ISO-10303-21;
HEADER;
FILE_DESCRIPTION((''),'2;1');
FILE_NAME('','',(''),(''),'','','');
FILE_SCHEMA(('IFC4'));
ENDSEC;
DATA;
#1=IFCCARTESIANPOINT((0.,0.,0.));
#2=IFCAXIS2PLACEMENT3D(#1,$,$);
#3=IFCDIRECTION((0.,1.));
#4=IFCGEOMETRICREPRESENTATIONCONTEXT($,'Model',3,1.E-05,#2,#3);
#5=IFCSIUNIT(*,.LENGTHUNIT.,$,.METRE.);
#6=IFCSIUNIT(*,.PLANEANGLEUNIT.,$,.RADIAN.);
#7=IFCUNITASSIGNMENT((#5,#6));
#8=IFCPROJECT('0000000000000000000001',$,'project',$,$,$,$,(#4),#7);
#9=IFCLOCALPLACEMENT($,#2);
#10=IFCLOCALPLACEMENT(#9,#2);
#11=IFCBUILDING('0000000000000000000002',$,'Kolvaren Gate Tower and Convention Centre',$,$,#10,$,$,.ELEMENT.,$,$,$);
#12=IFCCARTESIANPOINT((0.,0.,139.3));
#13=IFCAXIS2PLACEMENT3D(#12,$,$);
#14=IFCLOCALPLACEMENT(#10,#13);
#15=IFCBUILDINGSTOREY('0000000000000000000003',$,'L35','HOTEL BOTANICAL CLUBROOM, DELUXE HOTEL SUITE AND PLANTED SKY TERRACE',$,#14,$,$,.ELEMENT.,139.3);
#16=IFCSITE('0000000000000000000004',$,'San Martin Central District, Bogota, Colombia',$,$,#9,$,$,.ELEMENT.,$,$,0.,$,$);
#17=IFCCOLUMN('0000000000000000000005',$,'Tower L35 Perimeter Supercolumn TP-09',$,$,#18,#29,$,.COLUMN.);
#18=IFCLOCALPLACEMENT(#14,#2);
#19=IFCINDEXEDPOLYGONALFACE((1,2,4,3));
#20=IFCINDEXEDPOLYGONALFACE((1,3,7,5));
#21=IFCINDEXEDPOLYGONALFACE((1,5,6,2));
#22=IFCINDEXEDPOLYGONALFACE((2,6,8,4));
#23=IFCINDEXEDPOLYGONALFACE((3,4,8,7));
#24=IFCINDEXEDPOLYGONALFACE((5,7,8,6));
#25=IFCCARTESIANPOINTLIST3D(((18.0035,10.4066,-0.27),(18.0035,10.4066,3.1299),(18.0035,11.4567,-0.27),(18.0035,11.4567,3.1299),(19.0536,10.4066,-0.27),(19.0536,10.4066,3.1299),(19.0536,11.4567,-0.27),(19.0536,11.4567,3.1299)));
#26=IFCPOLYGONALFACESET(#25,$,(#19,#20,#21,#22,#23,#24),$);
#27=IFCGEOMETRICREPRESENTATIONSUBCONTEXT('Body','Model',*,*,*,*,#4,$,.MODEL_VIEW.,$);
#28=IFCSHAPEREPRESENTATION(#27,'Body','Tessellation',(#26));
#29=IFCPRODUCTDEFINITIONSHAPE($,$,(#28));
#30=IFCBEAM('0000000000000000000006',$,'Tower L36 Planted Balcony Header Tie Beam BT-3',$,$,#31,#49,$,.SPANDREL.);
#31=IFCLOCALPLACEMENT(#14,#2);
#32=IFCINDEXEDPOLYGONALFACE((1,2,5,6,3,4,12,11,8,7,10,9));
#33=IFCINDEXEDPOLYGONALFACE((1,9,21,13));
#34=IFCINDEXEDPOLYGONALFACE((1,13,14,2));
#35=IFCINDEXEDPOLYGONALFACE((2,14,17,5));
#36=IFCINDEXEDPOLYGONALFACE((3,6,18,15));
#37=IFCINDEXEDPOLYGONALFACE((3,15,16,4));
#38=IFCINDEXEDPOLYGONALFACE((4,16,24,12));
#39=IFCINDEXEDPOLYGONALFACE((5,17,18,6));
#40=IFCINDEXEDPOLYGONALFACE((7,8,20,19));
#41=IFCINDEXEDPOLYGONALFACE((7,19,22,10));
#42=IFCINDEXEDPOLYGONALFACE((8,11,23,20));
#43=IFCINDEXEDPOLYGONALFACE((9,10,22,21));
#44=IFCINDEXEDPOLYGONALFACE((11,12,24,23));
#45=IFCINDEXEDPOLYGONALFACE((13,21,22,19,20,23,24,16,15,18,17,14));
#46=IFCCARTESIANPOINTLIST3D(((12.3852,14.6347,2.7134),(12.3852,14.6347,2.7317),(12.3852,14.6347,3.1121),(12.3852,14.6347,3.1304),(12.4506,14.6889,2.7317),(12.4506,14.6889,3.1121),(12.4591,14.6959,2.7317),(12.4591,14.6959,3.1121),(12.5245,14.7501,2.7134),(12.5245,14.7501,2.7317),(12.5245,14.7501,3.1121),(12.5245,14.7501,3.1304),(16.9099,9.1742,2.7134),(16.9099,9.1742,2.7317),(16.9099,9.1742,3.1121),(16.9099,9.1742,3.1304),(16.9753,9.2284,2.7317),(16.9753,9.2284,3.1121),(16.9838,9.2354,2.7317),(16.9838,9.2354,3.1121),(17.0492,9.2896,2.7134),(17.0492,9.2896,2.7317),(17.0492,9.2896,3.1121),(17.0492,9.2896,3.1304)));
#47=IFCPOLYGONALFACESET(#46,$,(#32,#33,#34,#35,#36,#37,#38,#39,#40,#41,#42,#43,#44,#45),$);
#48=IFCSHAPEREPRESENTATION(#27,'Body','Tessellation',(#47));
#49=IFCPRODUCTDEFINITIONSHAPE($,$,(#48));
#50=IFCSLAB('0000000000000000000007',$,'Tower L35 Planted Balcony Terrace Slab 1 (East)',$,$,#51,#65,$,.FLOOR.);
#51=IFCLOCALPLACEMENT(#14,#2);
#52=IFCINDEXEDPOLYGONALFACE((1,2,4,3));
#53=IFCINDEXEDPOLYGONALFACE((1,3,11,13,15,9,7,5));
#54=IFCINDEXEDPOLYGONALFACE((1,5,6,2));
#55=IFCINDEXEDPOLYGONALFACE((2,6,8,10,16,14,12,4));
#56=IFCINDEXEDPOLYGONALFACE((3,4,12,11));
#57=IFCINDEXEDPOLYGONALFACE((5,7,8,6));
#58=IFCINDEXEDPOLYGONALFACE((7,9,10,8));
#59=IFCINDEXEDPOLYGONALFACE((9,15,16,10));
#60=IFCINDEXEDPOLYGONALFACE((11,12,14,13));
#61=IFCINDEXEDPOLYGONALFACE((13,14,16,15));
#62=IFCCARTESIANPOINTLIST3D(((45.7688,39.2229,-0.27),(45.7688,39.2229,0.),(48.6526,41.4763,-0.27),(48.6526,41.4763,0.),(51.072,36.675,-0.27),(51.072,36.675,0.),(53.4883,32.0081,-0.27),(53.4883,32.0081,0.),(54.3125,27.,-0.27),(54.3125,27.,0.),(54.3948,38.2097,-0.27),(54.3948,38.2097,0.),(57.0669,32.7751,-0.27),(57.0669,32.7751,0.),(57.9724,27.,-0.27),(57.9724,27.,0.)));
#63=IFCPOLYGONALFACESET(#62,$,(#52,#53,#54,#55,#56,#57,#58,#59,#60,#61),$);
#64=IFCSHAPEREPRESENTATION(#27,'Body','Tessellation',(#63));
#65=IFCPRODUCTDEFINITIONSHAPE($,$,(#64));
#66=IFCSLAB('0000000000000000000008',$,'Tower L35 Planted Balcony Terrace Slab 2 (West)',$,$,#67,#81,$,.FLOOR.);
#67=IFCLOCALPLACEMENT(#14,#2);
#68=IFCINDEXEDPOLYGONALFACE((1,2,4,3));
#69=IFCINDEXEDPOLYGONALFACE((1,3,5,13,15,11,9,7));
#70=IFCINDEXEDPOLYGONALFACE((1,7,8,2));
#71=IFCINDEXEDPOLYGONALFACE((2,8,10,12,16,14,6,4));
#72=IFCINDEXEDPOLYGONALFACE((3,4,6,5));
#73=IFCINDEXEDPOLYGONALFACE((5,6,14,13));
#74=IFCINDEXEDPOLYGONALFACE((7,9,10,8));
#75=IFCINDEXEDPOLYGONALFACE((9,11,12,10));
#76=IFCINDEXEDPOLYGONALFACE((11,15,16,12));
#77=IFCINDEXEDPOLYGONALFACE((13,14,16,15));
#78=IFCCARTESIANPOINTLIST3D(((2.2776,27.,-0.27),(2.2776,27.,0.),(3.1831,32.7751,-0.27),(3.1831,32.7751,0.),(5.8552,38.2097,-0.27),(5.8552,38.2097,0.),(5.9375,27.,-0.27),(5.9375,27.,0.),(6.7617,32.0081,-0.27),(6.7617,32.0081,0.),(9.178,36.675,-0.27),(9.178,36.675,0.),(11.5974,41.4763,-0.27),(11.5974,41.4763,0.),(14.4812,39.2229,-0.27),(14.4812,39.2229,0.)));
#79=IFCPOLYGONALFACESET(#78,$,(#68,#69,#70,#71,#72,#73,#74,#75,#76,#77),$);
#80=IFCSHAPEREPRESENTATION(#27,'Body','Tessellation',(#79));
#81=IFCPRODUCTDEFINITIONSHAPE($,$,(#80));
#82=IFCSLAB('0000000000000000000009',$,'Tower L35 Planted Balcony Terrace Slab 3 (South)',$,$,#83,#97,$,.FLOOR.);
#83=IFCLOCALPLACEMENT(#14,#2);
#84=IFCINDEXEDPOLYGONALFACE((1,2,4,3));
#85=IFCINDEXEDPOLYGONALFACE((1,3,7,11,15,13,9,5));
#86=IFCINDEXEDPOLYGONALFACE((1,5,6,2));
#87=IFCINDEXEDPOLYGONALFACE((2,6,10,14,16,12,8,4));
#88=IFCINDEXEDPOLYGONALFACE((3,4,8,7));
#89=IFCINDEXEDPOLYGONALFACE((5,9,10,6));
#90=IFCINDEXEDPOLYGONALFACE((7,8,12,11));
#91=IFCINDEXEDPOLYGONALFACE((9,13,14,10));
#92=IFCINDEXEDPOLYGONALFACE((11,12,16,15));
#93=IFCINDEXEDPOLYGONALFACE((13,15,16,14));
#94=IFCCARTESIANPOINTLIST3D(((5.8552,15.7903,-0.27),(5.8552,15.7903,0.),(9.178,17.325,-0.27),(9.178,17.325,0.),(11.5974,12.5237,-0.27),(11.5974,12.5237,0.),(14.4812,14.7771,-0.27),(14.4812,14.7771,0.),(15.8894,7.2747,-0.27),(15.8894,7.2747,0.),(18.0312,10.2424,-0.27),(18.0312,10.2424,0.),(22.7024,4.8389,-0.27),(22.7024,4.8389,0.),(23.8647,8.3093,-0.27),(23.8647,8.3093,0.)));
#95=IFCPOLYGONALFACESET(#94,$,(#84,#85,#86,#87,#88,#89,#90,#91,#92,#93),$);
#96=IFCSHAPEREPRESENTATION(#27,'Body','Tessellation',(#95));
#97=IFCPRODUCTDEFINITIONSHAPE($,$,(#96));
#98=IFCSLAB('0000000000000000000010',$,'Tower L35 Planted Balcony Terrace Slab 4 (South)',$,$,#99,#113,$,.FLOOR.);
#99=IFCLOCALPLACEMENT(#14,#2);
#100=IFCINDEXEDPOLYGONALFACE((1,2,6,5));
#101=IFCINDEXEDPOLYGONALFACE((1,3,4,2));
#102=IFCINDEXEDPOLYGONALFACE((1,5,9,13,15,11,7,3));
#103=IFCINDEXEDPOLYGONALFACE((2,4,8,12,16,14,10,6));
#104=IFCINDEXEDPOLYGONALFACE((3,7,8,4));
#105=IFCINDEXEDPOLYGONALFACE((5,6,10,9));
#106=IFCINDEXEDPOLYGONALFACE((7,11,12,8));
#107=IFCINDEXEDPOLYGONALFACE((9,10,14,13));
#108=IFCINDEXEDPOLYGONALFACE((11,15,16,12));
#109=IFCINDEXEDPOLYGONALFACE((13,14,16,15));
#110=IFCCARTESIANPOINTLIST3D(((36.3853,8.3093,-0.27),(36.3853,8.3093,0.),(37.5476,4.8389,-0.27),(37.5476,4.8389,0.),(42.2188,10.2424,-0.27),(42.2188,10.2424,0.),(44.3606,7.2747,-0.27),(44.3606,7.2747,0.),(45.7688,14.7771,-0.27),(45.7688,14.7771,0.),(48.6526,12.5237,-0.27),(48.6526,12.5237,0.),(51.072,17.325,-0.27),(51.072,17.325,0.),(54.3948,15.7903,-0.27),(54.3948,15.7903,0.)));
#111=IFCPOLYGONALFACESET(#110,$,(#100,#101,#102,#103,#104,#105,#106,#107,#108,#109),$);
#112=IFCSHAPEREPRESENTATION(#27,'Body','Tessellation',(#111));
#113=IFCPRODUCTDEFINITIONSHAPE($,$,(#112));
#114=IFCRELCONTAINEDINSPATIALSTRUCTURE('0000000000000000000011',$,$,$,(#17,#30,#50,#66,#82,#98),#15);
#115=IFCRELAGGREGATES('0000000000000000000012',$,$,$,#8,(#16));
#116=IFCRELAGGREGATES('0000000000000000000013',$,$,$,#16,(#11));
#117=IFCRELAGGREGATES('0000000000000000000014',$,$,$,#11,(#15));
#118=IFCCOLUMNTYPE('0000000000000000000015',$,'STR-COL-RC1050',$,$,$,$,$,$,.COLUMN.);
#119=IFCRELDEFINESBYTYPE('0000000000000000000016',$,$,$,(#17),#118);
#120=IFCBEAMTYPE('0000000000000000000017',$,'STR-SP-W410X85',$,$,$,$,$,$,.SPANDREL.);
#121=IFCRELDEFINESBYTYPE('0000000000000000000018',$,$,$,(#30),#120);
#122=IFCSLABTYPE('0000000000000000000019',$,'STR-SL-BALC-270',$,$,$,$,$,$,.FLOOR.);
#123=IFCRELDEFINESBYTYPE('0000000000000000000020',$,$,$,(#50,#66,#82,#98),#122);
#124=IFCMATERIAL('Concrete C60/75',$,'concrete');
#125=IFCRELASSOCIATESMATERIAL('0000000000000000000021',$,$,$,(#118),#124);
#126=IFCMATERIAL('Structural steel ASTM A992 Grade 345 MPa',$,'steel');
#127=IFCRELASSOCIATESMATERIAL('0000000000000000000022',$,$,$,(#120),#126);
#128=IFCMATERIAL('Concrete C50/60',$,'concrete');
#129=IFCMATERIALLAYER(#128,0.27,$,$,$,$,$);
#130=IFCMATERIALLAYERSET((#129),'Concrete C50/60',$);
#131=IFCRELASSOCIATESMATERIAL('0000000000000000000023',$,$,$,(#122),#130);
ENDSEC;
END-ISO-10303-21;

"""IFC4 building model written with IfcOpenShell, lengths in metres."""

from ifc_helpers import new_model, si_unit, direction, frame, origin, origin_2d, place, context, subcontext, project, spatial, polyline, rectangle, i_section, outline, extrude, material, layer, layer_set, material_profile, profile_set, type_object, element, save


model = new_model("IFC4")

# Units and contexts
model_context = context("Model", 3, precision=1e-05, world=origin(), true_north=direction((0.0, 1.0)))
body_context = subcontext(model_context, "Body", "Model", "MODEL_VIEW")
ifc_project = project(units=[si_unit("LENGTHUNIT", "METRE"), si_unit("PLANEANGLEUNIT", "RADIAN")], contexts=[model_context])

# Site, building, storey
site_placement = place(None, origin())
site = spatial("IfcSite", under=ifc_project, at=site_placement, Name="San Martin Central District, Bogota, Colombia", CompositionType="ELEMENT", RefElevation=0.0)
building_placement = place(site_placement, origin())
building = spatial("IfcBuilding", under=site, at=building_placement, Name="Kolvaren Gate Tower and Convention Centre", CompositionType="ELEMENT")
storey_placement = place(building_placement, frame((0.0, 0.0, 139.3)))
storey = spatial("IfcBuildingStorey", under=building, at=storey_placement, Name="L35", Description="HOTEL BOTANICAL CLUBROOM, DELUXE HOTEL SUITE AND PLANTED SKY TERRACE", CompositionType="ELEMENT", Elevation=139.3)

# Column
ifc_material_1 = material(Name="Concrete C60/75", Category="concrete")
ifc_material_profile_1 = material_profile(ifc_material_1, rectangle(XDim=1.05, YDim=1.05, at=origin_2d()), Name="RC-COL-1050X1050")
ifc_profile_set_1 = profile_set([ifc_material_profile_1], Name="Concrete C60/75")
column_type = type_object("IfcColumnType", Name="STR-COL-RC1050", PredefinedType="COLUMN", material=ifc_profile_set_1)
column_placement = place(storey_placement, frame((18.5286, 10.9316, -0.27), z_axis=(0.0, 0.0, 1.0), x_axis=(1.0, 0.0, 0.0)))
element("IfcColumn", 1, at=column_placement, inside=storey, type_object=column_type, Name="Tower L35 Perimeter Supercolumn TP-09", PredefinedType="COLUMN", context=body_context, shape_type="SweptSolid", body=[
    extrude(rectangle(XDim=1.05, YDim=1.05, at=origin_2d()), origin(), (0.0, 0.0, 1.0), 3.3999),
])

# Beam
ifc_material_2 = material(Name="Structural steel ASTM A992 Grade 345 MPa", Category="steel")
ifc_material_profile_2 = material_profile(ifc_material_2, i_section(OverallWidth=0.1809, OverallDepth=0.417, WebThickness=0.011, FlangeThickness=0.0183, at=origin_2d()), Name="W410X85")
ifc_profile_set_2 = profile_set([ifc_material_profile_2], Name="Structural steel ASTM A992 Grade 345 MPa")
beam_type = type_object("IfcBeamType", Name="STR-SP-W410X85", PredefinedType="SPANDREL", material=ifc_profile_set_2)
beam_placement = place(storey_placement, frame((12.4548, 14.6924, 2.9219), z_axis=(0.638042, -0.770002, 0.0), x_axis=(0.770002, 0.638042, 0.0)))
element("IfcBeam", 2, at=beam_placement, inside=storey, type_object=beam_type, Name="Tower L36 Planted Balcony Header Tie Beam BT-3", PredefinedType="SPANDREL", context=body_context, shape_type="SweptSolid", body=[
    extrude(i_section(OverallWidth=0.1809, OverallDepth=0.417, WebThickness=0.011, FlangeThickness=0.0183, at=origin_2d()), origin(), (0.0, 0.0, 1.0), 7.0916),
])

# Slabs
ifc_material_3 = material(Name="Concrete C50/60", Category="concrete")
ifc_layer_1 = layer(ifc_material_3, 0.27)
ifc_layer_set_1 = layer_set([ifc_layer_1], Name="Concrete C50/60")
slab_type_1 = type_object("IfcSlabType", Name="STR-SL-BALC-270", PredefinedType="FLOOR", material=ifc_layer_set_1)
slab_1_placement = place(storey_placement, frame((0.0, 0.0, -0.27)))
element("IfcSlab", 3, at=slab_1_placement, inside=storey, type_object=slab_type_1, Name="Tower L35 Planted Balcony Terrace Slab 1 (East)", PredefinedType="FLOOR", context=body_context, shape_type="SweptSolid", body=[
    extrude(outline(polyline([(54.3125, 27.0), (53.4883, 32.0081), (51.072, 36.675), (45.7688, 39.2229), (48.6526, 41.4763), (54.3948, 38.2097), (57.0669, 32.7751), (57.9724, 27.0), (54.3125, 27.0)])), origin(), (0.0, 0.0, 1.0), 0.27),
])
slab_2_placement = place(storey_placement, frame((0.0, 0.0, -0.27)))
element("IfcSlab", 4, at=slab_2_placement, inside=storey, type_object=slab_type_1, Name="Tower L35 Planted Balcony Terrace Slab 2 (West)", PredefinedType="FLOOR", context=body_context, shape_type="SweptSolid", body=[
    extrude(outline(polyline([(14.4812, 39.2229), (9.178, 36.675), (6.7617, 32.0081), (5.9375, 27.0), (2.2776, 27.0), (3.1831, 32.7751), (5.8552, 38.2097), (11.5974, 41.4763), (14.4812, 39.2229)])), origin(), (0.0, 0.0, 1.0), 0.27),
])
slab_3_placement = place(storey_placement, frame((0.0, 0.0, -0.27)))
element("IfcSlab", 5, at=slab_3_placement, inside=storey, type_object=slab_type_1, Name="Tower L35 Planted Balcony Terrace Slab 3 (South)", PredefinedType="FLOOR", context=body_context, shape_type="SweptSolid", body=[
    extrude(outline(polyline([(9.178, 17.325), (14.4812, 14.7771), (18.0312, 10.2424), (23.8647, 8.3093), (22.7024, 4.8389), (15.8894, 7.2747), (11.5974, 12.5237), (5.8552, 15.7903), (9.178, 17.325)])), origin(), (0.0, 0.0, 1.0), 0.27),
])
slab_4_placement = place(storey_placement, frame((0.0, 0.0, -0.27)))
element("IfcSlab", 6, at=slab_4_placement, inside=storey, type_object=slab_type_1, Name="Tower L35 Planted Balcony Terrace Slab 4 (South)", PredefinedType="FLOOR", context=body_context, shape_type="SweptSolid", body=[
    extrude(outline(polyline([(36.3853, 8.3093), (42.2188, 10.2424), (45.7688, 14.7771), (51.072, 17.325), (54.3948, 15.7903), (48.6526, 12.5237), (44.3606, 7.2747), (37.5476, 4.8389), (36.3853, 8.3093)])), origin(), (0.0, 0.0, 1.0), 0.27),
])

save(model, "model.ifc")
